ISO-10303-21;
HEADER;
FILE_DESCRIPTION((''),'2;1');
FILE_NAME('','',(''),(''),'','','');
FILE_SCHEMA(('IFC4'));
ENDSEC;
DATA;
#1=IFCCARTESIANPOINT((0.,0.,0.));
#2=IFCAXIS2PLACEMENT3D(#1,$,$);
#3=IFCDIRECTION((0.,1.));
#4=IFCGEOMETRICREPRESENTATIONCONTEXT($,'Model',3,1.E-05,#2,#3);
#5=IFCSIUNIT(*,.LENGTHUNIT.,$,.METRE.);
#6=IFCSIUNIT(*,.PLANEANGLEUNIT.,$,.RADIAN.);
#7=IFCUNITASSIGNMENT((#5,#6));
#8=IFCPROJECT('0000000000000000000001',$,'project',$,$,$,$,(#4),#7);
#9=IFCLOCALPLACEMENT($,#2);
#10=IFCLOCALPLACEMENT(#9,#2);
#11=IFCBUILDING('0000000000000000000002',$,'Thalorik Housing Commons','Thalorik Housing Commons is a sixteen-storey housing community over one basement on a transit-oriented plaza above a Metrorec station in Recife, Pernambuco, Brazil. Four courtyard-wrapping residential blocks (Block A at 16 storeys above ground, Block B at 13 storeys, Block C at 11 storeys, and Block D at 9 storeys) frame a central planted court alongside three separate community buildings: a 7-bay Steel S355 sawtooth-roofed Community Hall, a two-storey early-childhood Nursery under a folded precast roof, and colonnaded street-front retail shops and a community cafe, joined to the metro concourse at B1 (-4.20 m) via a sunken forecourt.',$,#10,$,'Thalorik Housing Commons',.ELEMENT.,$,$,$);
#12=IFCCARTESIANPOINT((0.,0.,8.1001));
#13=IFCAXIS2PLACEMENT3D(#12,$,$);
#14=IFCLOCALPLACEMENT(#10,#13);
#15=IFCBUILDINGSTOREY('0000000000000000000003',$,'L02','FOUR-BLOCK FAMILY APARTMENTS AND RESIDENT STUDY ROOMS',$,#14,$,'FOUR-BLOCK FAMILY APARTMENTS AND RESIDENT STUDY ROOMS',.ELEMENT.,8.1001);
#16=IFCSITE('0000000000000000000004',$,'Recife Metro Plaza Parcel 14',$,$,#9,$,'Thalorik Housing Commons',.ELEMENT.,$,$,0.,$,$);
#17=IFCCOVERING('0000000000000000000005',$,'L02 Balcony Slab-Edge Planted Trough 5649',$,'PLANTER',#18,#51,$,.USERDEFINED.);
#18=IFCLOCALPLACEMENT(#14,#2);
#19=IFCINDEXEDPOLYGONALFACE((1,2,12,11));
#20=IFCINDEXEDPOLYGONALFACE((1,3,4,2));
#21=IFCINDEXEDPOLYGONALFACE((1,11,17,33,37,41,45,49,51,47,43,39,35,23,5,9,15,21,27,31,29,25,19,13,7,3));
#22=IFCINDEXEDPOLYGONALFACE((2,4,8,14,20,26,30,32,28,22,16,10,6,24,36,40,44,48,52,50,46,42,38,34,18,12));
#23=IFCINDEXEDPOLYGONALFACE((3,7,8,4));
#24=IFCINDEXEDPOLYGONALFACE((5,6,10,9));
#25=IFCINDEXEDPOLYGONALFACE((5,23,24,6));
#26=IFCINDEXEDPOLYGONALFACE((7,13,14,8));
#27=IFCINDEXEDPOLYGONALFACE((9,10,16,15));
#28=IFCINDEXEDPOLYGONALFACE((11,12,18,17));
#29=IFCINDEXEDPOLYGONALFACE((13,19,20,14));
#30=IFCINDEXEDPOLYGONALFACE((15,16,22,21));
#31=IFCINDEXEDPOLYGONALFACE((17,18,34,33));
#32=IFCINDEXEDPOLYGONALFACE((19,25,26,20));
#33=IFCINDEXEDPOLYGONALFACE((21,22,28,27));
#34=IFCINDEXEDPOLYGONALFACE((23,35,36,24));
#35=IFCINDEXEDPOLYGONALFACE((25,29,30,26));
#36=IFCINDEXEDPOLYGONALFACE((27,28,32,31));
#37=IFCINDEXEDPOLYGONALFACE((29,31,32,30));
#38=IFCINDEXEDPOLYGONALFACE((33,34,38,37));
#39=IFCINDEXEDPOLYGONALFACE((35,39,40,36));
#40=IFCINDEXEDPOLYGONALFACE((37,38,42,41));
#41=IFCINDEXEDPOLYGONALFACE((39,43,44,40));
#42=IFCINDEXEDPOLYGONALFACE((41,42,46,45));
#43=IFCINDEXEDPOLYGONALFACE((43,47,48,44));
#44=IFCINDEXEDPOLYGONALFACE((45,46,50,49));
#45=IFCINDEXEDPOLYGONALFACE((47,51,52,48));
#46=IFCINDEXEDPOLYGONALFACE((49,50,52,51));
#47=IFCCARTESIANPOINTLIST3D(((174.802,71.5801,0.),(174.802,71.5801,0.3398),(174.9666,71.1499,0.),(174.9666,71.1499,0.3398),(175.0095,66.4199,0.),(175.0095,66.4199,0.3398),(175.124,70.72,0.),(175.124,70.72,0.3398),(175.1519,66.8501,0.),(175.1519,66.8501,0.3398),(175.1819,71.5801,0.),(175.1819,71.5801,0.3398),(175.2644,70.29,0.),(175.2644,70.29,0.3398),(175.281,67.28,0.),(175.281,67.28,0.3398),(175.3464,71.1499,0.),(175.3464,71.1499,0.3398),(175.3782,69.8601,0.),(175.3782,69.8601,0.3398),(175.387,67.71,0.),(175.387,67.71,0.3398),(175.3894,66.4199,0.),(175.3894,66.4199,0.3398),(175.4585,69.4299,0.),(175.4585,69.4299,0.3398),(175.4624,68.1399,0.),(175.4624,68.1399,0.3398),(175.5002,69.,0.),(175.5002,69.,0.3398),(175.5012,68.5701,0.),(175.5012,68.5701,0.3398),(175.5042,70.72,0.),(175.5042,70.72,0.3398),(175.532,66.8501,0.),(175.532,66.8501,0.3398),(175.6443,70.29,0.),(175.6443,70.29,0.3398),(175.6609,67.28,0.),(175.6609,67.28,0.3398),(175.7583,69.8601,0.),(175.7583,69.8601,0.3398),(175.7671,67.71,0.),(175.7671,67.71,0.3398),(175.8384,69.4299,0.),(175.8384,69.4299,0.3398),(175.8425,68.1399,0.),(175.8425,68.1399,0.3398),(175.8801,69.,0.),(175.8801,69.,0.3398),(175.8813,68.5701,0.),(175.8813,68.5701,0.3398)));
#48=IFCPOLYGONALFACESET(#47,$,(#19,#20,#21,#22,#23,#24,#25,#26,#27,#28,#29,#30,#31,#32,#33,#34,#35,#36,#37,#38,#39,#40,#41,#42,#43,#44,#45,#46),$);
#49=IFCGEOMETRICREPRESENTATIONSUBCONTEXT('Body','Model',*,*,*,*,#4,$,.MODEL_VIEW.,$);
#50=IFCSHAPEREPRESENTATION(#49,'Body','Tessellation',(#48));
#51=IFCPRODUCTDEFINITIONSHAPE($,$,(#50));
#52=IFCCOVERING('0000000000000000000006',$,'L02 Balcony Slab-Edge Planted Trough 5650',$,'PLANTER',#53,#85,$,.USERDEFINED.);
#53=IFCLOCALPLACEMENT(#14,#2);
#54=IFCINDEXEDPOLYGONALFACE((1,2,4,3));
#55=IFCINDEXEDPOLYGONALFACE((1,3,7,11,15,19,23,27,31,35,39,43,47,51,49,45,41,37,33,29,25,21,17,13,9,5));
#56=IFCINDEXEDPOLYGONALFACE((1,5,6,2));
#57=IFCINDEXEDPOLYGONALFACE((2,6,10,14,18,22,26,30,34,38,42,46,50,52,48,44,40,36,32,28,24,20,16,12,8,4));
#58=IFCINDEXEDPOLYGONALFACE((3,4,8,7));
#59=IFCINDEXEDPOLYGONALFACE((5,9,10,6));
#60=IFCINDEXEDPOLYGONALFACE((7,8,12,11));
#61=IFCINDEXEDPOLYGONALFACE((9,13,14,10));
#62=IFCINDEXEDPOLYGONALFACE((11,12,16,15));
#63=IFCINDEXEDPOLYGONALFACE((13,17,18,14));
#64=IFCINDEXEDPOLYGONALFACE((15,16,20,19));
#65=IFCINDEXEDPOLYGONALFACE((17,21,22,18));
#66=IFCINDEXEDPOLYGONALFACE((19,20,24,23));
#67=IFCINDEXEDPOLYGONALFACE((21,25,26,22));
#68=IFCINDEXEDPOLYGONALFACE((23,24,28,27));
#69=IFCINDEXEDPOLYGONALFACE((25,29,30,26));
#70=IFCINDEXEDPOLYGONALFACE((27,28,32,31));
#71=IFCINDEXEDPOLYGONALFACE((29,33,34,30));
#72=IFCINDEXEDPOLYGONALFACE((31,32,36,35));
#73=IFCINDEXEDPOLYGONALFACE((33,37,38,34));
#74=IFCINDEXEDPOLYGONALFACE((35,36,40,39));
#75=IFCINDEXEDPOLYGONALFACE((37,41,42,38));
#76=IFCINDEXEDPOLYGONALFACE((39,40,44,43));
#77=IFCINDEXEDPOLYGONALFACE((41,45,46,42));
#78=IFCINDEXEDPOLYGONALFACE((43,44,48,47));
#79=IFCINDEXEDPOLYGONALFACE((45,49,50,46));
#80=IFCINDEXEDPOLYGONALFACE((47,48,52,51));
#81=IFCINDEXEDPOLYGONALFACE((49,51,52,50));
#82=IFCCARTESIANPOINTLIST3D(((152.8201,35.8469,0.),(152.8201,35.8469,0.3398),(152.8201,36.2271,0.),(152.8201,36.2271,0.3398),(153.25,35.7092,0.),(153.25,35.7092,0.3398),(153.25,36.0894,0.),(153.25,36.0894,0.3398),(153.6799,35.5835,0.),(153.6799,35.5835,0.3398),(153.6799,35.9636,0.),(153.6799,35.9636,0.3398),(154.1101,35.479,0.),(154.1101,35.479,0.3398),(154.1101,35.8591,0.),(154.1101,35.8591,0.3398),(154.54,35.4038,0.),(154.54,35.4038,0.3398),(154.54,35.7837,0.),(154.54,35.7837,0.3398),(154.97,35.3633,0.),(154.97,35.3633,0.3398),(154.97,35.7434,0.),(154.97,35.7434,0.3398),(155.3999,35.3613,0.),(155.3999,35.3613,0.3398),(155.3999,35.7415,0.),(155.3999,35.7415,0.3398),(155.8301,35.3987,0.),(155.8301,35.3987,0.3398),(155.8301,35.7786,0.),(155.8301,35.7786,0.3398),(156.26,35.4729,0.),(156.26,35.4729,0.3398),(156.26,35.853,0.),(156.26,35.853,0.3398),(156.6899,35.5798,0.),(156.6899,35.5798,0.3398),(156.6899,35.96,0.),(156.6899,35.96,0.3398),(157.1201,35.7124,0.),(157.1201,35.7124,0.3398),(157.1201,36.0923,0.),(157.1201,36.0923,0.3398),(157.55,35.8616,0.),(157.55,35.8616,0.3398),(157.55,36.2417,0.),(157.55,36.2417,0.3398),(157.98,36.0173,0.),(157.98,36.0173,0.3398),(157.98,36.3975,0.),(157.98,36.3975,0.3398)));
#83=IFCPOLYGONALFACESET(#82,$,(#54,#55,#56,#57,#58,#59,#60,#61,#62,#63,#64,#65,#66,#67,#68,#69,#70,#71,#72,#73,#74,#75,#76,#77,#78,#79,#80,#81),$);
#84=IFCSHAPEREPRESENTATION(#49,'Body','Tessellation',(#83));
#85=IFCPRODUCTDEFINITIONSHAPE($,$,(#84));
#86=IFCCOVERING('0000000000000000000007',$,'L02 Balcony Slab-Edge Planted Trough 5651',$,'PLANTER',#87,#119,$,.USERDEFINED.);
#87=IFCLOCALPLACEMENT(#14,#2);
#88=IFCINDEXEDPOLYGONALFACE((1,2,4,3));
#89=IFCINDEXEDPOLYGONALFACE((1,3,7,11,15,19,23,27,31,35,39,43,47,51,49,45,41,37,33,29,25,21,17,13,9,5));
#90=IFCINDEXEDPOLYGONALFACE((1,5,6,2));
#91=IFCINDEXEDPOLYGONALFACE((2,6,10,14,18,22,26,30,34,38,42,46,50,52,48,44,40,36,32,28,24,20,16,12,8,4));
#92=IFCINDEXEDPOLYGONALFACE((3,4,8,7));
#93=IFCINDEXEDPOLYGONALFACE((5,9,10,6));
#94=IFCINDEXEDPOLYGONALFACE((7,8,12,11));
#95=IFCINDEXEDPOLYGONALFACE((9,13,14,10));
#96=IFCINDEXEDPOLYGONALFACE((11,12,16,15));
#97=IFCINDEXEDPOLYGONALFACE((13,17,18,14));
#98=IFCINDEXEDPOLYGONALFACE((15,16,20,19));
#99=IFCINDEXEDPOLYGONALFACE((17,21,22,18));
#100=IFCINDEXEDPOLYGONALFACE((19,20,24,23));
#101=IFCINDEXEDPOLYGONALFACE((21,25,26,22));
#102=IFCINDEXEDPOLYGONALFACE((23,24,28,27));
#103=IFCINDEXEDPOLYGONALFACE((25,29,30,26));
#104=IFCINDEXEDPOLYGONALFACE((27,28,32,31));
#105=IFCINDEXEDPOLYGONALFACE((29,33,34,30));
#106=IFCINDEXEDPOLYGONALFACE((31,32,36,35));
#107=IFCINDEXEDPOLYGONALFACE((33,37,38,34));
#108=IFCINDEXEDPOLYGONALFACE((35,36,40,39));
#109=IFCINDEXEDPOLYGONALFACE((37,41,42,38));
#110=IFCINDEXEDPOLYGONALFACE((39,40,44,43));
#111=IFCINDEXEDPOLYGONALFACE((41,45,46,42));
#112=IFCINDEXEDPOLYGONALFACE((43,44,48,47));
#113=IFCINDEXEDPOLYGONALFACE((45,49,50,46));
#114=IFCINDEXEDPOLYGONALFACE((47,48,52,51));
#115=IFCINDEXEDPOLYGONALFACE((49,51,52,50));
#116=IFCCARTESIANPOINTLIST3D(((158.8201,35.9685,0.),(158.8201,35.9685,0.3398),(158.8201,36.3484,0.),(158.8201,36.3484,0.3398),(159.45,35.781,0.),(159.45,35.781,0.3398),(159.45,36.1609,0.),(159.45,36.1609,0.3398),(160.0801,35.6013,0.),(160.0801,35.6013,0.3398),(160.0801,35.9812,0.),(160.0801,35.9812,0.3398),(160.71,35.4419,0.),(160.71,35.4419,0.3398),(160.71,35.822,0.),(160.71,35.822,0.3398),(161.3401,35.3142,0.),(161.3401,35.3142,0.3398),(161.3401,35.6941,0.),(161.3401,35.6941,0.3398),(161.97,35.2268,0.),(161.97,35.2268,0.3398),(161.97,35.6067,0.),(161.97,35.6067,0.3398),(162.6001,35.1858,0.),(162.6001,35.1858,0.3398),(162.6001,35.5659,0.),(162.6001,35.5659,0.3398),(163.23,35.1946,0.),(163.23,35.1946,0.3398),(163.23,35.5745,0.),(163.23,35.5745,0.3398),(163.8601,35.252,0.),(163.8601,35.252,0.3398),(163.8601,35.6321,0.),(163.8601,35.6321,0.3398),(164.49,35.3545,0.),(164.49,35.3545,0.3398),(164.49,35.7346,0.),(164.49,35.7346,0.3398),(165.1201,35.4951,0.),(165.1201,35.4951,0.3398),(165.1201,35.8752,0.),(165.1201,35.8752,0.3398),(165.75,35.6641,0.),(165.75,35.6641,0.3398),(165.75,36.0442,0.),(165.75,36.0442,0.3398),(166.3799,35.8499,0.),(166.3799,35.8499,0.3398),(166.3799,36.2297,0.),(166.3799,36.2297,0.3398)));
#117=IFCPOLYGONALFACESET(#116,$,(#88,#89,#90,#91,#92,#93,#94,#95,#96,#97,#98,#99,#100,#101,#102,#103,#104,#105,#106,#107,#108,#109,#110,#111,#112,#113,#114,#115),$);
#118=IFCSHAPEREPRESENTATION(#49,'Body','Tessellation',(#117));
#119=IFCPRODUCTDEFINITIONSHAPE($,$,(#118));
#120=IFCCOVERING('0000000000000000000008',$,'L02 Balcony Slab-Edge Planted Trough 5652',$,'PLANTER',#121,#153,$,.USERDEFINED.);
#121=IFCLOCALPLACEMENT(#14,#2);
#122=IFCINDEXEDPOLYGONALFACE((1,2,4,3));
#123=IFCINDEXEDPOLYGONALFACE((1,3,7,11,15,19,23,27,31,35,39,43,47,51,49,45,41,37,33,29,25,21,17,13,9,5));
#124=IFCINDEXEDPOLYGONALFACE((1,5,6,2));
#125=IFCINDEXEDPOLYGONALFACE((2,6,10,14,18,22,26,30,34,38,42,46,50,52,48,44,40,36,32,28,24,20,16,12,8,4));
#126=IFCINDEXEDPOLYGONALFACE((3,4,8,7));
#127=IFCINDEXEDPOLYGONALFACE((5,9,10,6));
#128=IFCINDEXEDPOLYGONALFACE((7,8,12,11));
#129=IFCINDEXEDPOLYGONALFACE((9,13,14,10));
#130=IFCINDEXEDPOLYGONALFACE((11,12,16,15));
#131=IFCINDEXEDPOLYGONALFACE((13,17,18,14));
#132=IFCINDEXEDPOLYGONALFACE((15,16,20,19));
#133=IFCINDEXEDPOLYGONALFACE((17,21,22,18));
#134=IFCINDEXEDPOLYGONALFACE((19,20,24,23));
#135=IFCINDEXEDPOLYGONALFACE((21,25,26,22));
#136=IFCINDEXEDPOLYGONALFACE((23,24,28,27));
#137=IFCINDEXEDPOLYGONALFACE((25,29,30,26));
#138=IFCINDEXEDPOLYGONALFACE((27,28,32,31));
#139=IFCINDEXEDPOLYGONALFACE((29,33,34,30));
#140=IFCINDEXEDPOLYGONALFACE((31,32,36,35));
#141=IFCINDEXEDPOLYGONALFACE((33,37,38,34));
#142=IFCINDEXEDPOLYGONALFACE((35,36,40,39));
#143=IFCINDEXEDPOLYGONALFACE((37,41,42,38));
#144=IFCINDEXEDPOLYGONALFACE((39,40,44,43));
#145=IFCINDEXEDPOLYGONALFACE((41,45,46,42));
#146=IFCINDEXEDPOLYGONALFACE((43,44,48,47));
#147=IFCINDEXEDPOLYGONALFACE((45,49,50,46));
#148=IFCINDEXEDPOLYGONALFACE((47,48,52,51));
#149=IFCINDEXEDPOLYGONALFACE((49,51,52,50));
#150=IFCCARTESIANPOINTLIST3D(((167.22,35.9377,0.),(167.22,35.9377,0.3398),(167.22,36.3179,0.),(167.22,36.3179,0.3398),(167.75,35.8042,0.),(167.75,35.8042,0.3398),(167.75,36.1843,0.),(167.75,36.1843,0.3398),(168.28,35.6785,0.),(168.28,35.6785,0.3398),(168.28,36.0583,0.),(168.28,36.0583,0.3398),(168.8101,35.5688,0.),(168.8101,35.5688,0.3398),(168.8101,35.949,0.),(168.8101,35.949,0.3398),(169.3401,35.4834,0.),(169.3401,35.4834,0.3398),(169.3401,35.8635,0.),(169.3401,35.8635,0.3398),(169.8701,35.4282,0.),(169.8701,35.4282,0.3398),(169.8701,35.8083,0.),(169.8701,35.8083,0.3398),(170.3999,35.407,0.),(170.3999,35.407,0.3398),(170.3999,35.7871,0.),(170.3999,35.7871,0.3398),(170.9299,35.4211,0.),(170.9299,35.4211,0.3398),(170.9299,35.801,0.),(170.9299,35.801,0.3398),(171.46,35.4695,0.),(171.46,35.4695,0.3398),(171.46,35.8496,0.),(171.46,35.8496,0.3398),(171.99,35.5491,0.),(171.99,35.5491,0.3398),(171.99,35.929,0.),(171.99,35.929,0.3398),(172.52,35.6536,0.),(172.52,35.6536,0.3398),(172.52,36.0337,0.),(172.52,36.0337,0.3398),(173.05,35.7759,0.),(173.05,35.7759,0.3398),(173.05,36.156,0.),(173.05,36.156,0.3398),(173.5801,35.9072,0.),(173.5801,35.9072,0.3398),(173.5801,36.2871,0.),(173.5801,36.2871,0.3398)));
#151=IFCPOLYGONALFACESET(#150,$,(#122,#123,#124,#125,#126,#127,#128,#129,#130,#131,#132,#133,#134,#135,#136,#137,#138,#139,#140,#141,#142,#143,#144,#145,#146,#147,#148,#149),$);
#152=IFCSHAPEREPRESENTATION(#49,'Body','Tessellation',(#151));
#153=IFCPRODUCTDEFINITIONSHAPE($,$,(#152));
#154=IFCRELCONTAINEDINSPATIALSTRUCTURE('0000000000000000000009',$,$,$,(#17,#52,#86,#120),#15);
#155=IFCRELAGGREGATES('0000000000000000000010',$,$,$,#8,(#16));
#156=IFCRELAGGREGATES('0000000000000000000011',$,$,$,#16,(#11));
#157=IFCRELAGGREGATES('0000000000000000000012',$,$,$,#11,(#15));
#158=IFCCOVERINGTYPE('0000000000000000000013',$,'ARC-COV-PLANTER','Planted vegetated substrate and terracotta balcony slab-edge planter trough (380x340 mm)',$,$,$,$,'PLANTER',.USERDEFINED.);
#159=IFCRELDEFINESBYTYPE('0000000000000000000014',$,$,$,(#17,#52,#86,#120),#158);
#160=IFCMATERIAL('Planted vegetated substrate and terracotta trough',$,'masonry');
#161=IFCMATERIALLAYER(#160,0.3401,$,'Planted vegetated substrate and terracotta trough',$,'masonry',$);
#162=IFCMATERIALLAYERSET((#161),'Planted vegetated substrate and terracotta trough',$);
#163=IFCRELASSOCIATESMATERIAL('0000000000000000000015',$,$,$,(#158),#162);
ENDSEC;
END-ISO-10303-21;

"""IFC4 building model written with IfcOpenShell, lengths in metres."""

from ifc_helpers import new_model, si_unit, direction, frame, origin, place, context, subcontext, project, spatial, polyline, outline, extrude, material, layer, layer_set, type_object, element, save


model = new_model("IFC4")

# Units and contexts
model_context = context("Model", 3, precision=1e-05, world=origin(), true_north=direction((0.0, 1.0)))
body_context = subcontext(model_context, "Body", "Model", "MODEL_VIEW")
ifc_project = project(units=[si_unit("LENGTHUNIT", "METRE"), si_unit("PLANEANGLEUNIT", "RADIAN")], contexts=[model_context])

# Site, building, storey
site_placement = place(None, origin())
site = spatial("IfcSite", under=ifc_project, at=site_placement, Name="Recife Metro Plaza Parcel 14", LongName="Thalorik Housing Commons", CompositionType="ELEMENT", RefElevation=0.0)
building_placement = place(site_placement, origin())
building = spatial("IfcBuilding", under=site, at=building_placement, Name="Thalorik Housing Commons", Description="Thalorik Housing Commons is a sixteen-storey housing community over one basement on a transit-oriented plaza above a Metrorec station in Recife, Pernambuco, Brazil. Four courtyard-wrapping residential blocks (Block A at 16 storeys above ground, Block B at 13 storeys, Block C at 11 storeys, and Block D at 9 storeys) frame a central planted court alongside three separate community buildings: a 7-bay Steel S355 sawtooth-roofed Community Hall, a two-storey early-childhood Nursery under a folded precast roof, and colonnaded street-front retail shops and a community cafe, joined to the metro concourse at B1 (-4.20 m) via a sunken forecourt.", LongName="Thalorik Housing Commons", CompositionType="ELEMENT")
storey_placement = place(building_placement, frame((0.0, 0.0, 8.1001)))
storey = spatial("IfcBuildingStorey", under=building, at=storey_placement, Name="L02", Description="FOUR-BLOCK FAMILY APARTMENTS AND RESIDENT STUDY ROOMS", LongName="FOUR-BLOCK FAMILY APARTMENTS AND RESIDENT STUDY ROOMS", CompositionType="ELEMENT", Elevation=8.1001)

# Coverings
ifc_material_1 = material(Name="Planted vegetated substrate and terracotta trough", Category="masonry")
ifc_layer_1 = layer(ifc_material_1, 0.3401, Name="Planted vegetated substrate and terracotta trough", Category="masonry")
ifc_layer_set_1 = layer_set([ifc_layer_1], Name="Planted vegetated substrate and terracotta trough")
covering_type_1 = type_object("IfcCoveringType", Name="ARC-COV-PLANTER", Description="Planted vegetated substrate and terracotta balcony slab-edge planter trough (380x340 mm)", ElementType="PLANTER", PredefinedType="USERDEFINED", material=ifc_layer_set_1)
covering_1_placement = place(storey_placement, origin())
element("IfcCovering", 1, at=covering_1_placement, inside=storey, type_object=covering_type_1, Name="L02 Balcony Slab-Edge Planted Trough 5649", ObjectType="PLANTER", PredefinedType="USERDEFINED", context=body_context, shape_type="SweptSolid", body=[
    extrude(outline(polyline([(175.3894, 66.4199), (175.532, 66.8501), (175.6609, 67.28), (175.7671, 67.71), (175.8425, 68.1399), (175.8813, 68.5701), (175.8801, 69.0), (175.8384, 69.4299), (175.7583, 69.8601), (175.6443, 70.29), (175.5042, 70.72), (175.3464, 71.1499), (175.1819, 71.5801), (174.802, 71.5801), (174.9666, 71.1499), (175.124, 70.72), (175.2644, 70.29), (175.3782, 69.8601), (175.4585, 69.4299), (175.5002, 69.0), (175.5012, 68.5701), (175.4624, 68.1399), (175.387, 67.71), (175.281, 67.28), (175.1519, 66.8501), (175.0095, 66.4199), (175.3894, 66.4199)])), origin(), (0.0, 0.0, 1.0), 0.3398),
])
covering_2_placement = place(storey_placement, origin())
element("IfcCovering", 2, at=covering_2_placement, inside=storey, type_object=covering_type_1, Name="L02 Balcony Slab-Edge Planted Trough 5650", ObjectType="PLANTER", PredefinedType="USERDEFINED", context=body_context, shape_type="SweptSolid", body=[
    extrude(outline(polyline([(152.8201, 35.8469), (153.25, 35.7092), (153.6799, 35.5835), (154.1101, 35.479), (154.54, 35.4038), (154.97, 35.3633), (155.3999, 35.3613), (155.8301, 35.3987), (156.26, 35.4729), (156.6899, 35.5798), (157.1201, 35.7124), (157.55, 35.8616), (157.98, 36.0173), (157.98, 36.3975), (157.55, 36.2417), (157.1201, 36.0923), (156.6899, 35.96), (156.26, 35.853), (155.8301, 35.7786), (155.3999, 35.7415), (154.97, 35.7434), (154.54, 35.7837), (154.1101, 35.8591), (153.6799, 35.9636), (153.25, 36.0894), (152.8201, 36.2271), (152.8201, 35.8469)])), origin(), (0.0, 0.0, 1.0), 0.3398),
])
covering_3_placement = place(storey_placement, origin())
element("IfcCovering", 3, at=covering_3_placement, inside=storey, type_object=covering_type_1, Name="L02 Balcony Slab-Edge Planted Trough 5651", ObjectType="PLANTER", PredefinedType="USERDEFINED", context=body_context, shape_type="SweptSolid", body=[
    extrude(outline(polyline([(158.8201, 35.9685), (159.45, 35.781), (160.0801, 35.6013), (160.71, 35.4419), (161.3401, 35.3142), (161.97, 35.2268), (162.6001, 35.1858), (163.23, 35.1946), (163.8601, 35.252), (164.49, 35.3545), (165.1201, 35.4951), (165.75, 35.6641), (166.3799, 35.8499), (166.3799, 36.2297), (165.75, 36.0442), (165.1201, 35.8752), (164.49, 35.7346), (163.8601, 35.6321), (163.23, 35.5745), (162.6001, 35.5659), (161.97, 35.6067), (161.3401, 35.6941), (160.71, 35.822), (160.0801, 35.9812), (159.45, 36.1609), (158.8201, 36.3484), (158.8201, 35.9685)])), origin(), (0.0, 0.0, 1.0), 0.3398),
])
covering_4_placement = place(storey_placement, origin())
element("IfcCovering", 4, at=covering_4_placement, inside=storey, type_object=covering_type_1, Name="L02 Balcony Slab-Edge Planted Trough 5652", ObjectType="PLANTER", PredefinedType="USERDEFINED", context=body_context, shape_type="SweptSolid", body=[
    extrude(outline(polyline([(167.22, 35.9377), (167.75, 35.8042), (168.28, 35.6785), (168.8101, 35.5688), (169.3401, 35.4834), (169.8701, 35.4282), (170.3999, 35.407), (170.9299, 35.4211), (171.46, 35.4695), (171.99, 35.5491), (172.52, 35.6536), (173.05, 35.7759), (173.5801, 35.9072), (173.5801, 36.2871), (173.05, 36.156), (172.52, 36.0337), (171.99, 35.929), (171.46, 35.8496), (170.9299, 35.801), (170.3999, 35.7871), (169.8701, 35.8083), (169.3401, 35.8635), (168.8101, 35.949), (168.28, 36.0583), (167.75, 36.1843), (167.22, 36.3179), (167.22, 35.9377)])), origin(), (0.0, 0.0, 1.0), 0.3398),
])

save(model, "model.ifc")
